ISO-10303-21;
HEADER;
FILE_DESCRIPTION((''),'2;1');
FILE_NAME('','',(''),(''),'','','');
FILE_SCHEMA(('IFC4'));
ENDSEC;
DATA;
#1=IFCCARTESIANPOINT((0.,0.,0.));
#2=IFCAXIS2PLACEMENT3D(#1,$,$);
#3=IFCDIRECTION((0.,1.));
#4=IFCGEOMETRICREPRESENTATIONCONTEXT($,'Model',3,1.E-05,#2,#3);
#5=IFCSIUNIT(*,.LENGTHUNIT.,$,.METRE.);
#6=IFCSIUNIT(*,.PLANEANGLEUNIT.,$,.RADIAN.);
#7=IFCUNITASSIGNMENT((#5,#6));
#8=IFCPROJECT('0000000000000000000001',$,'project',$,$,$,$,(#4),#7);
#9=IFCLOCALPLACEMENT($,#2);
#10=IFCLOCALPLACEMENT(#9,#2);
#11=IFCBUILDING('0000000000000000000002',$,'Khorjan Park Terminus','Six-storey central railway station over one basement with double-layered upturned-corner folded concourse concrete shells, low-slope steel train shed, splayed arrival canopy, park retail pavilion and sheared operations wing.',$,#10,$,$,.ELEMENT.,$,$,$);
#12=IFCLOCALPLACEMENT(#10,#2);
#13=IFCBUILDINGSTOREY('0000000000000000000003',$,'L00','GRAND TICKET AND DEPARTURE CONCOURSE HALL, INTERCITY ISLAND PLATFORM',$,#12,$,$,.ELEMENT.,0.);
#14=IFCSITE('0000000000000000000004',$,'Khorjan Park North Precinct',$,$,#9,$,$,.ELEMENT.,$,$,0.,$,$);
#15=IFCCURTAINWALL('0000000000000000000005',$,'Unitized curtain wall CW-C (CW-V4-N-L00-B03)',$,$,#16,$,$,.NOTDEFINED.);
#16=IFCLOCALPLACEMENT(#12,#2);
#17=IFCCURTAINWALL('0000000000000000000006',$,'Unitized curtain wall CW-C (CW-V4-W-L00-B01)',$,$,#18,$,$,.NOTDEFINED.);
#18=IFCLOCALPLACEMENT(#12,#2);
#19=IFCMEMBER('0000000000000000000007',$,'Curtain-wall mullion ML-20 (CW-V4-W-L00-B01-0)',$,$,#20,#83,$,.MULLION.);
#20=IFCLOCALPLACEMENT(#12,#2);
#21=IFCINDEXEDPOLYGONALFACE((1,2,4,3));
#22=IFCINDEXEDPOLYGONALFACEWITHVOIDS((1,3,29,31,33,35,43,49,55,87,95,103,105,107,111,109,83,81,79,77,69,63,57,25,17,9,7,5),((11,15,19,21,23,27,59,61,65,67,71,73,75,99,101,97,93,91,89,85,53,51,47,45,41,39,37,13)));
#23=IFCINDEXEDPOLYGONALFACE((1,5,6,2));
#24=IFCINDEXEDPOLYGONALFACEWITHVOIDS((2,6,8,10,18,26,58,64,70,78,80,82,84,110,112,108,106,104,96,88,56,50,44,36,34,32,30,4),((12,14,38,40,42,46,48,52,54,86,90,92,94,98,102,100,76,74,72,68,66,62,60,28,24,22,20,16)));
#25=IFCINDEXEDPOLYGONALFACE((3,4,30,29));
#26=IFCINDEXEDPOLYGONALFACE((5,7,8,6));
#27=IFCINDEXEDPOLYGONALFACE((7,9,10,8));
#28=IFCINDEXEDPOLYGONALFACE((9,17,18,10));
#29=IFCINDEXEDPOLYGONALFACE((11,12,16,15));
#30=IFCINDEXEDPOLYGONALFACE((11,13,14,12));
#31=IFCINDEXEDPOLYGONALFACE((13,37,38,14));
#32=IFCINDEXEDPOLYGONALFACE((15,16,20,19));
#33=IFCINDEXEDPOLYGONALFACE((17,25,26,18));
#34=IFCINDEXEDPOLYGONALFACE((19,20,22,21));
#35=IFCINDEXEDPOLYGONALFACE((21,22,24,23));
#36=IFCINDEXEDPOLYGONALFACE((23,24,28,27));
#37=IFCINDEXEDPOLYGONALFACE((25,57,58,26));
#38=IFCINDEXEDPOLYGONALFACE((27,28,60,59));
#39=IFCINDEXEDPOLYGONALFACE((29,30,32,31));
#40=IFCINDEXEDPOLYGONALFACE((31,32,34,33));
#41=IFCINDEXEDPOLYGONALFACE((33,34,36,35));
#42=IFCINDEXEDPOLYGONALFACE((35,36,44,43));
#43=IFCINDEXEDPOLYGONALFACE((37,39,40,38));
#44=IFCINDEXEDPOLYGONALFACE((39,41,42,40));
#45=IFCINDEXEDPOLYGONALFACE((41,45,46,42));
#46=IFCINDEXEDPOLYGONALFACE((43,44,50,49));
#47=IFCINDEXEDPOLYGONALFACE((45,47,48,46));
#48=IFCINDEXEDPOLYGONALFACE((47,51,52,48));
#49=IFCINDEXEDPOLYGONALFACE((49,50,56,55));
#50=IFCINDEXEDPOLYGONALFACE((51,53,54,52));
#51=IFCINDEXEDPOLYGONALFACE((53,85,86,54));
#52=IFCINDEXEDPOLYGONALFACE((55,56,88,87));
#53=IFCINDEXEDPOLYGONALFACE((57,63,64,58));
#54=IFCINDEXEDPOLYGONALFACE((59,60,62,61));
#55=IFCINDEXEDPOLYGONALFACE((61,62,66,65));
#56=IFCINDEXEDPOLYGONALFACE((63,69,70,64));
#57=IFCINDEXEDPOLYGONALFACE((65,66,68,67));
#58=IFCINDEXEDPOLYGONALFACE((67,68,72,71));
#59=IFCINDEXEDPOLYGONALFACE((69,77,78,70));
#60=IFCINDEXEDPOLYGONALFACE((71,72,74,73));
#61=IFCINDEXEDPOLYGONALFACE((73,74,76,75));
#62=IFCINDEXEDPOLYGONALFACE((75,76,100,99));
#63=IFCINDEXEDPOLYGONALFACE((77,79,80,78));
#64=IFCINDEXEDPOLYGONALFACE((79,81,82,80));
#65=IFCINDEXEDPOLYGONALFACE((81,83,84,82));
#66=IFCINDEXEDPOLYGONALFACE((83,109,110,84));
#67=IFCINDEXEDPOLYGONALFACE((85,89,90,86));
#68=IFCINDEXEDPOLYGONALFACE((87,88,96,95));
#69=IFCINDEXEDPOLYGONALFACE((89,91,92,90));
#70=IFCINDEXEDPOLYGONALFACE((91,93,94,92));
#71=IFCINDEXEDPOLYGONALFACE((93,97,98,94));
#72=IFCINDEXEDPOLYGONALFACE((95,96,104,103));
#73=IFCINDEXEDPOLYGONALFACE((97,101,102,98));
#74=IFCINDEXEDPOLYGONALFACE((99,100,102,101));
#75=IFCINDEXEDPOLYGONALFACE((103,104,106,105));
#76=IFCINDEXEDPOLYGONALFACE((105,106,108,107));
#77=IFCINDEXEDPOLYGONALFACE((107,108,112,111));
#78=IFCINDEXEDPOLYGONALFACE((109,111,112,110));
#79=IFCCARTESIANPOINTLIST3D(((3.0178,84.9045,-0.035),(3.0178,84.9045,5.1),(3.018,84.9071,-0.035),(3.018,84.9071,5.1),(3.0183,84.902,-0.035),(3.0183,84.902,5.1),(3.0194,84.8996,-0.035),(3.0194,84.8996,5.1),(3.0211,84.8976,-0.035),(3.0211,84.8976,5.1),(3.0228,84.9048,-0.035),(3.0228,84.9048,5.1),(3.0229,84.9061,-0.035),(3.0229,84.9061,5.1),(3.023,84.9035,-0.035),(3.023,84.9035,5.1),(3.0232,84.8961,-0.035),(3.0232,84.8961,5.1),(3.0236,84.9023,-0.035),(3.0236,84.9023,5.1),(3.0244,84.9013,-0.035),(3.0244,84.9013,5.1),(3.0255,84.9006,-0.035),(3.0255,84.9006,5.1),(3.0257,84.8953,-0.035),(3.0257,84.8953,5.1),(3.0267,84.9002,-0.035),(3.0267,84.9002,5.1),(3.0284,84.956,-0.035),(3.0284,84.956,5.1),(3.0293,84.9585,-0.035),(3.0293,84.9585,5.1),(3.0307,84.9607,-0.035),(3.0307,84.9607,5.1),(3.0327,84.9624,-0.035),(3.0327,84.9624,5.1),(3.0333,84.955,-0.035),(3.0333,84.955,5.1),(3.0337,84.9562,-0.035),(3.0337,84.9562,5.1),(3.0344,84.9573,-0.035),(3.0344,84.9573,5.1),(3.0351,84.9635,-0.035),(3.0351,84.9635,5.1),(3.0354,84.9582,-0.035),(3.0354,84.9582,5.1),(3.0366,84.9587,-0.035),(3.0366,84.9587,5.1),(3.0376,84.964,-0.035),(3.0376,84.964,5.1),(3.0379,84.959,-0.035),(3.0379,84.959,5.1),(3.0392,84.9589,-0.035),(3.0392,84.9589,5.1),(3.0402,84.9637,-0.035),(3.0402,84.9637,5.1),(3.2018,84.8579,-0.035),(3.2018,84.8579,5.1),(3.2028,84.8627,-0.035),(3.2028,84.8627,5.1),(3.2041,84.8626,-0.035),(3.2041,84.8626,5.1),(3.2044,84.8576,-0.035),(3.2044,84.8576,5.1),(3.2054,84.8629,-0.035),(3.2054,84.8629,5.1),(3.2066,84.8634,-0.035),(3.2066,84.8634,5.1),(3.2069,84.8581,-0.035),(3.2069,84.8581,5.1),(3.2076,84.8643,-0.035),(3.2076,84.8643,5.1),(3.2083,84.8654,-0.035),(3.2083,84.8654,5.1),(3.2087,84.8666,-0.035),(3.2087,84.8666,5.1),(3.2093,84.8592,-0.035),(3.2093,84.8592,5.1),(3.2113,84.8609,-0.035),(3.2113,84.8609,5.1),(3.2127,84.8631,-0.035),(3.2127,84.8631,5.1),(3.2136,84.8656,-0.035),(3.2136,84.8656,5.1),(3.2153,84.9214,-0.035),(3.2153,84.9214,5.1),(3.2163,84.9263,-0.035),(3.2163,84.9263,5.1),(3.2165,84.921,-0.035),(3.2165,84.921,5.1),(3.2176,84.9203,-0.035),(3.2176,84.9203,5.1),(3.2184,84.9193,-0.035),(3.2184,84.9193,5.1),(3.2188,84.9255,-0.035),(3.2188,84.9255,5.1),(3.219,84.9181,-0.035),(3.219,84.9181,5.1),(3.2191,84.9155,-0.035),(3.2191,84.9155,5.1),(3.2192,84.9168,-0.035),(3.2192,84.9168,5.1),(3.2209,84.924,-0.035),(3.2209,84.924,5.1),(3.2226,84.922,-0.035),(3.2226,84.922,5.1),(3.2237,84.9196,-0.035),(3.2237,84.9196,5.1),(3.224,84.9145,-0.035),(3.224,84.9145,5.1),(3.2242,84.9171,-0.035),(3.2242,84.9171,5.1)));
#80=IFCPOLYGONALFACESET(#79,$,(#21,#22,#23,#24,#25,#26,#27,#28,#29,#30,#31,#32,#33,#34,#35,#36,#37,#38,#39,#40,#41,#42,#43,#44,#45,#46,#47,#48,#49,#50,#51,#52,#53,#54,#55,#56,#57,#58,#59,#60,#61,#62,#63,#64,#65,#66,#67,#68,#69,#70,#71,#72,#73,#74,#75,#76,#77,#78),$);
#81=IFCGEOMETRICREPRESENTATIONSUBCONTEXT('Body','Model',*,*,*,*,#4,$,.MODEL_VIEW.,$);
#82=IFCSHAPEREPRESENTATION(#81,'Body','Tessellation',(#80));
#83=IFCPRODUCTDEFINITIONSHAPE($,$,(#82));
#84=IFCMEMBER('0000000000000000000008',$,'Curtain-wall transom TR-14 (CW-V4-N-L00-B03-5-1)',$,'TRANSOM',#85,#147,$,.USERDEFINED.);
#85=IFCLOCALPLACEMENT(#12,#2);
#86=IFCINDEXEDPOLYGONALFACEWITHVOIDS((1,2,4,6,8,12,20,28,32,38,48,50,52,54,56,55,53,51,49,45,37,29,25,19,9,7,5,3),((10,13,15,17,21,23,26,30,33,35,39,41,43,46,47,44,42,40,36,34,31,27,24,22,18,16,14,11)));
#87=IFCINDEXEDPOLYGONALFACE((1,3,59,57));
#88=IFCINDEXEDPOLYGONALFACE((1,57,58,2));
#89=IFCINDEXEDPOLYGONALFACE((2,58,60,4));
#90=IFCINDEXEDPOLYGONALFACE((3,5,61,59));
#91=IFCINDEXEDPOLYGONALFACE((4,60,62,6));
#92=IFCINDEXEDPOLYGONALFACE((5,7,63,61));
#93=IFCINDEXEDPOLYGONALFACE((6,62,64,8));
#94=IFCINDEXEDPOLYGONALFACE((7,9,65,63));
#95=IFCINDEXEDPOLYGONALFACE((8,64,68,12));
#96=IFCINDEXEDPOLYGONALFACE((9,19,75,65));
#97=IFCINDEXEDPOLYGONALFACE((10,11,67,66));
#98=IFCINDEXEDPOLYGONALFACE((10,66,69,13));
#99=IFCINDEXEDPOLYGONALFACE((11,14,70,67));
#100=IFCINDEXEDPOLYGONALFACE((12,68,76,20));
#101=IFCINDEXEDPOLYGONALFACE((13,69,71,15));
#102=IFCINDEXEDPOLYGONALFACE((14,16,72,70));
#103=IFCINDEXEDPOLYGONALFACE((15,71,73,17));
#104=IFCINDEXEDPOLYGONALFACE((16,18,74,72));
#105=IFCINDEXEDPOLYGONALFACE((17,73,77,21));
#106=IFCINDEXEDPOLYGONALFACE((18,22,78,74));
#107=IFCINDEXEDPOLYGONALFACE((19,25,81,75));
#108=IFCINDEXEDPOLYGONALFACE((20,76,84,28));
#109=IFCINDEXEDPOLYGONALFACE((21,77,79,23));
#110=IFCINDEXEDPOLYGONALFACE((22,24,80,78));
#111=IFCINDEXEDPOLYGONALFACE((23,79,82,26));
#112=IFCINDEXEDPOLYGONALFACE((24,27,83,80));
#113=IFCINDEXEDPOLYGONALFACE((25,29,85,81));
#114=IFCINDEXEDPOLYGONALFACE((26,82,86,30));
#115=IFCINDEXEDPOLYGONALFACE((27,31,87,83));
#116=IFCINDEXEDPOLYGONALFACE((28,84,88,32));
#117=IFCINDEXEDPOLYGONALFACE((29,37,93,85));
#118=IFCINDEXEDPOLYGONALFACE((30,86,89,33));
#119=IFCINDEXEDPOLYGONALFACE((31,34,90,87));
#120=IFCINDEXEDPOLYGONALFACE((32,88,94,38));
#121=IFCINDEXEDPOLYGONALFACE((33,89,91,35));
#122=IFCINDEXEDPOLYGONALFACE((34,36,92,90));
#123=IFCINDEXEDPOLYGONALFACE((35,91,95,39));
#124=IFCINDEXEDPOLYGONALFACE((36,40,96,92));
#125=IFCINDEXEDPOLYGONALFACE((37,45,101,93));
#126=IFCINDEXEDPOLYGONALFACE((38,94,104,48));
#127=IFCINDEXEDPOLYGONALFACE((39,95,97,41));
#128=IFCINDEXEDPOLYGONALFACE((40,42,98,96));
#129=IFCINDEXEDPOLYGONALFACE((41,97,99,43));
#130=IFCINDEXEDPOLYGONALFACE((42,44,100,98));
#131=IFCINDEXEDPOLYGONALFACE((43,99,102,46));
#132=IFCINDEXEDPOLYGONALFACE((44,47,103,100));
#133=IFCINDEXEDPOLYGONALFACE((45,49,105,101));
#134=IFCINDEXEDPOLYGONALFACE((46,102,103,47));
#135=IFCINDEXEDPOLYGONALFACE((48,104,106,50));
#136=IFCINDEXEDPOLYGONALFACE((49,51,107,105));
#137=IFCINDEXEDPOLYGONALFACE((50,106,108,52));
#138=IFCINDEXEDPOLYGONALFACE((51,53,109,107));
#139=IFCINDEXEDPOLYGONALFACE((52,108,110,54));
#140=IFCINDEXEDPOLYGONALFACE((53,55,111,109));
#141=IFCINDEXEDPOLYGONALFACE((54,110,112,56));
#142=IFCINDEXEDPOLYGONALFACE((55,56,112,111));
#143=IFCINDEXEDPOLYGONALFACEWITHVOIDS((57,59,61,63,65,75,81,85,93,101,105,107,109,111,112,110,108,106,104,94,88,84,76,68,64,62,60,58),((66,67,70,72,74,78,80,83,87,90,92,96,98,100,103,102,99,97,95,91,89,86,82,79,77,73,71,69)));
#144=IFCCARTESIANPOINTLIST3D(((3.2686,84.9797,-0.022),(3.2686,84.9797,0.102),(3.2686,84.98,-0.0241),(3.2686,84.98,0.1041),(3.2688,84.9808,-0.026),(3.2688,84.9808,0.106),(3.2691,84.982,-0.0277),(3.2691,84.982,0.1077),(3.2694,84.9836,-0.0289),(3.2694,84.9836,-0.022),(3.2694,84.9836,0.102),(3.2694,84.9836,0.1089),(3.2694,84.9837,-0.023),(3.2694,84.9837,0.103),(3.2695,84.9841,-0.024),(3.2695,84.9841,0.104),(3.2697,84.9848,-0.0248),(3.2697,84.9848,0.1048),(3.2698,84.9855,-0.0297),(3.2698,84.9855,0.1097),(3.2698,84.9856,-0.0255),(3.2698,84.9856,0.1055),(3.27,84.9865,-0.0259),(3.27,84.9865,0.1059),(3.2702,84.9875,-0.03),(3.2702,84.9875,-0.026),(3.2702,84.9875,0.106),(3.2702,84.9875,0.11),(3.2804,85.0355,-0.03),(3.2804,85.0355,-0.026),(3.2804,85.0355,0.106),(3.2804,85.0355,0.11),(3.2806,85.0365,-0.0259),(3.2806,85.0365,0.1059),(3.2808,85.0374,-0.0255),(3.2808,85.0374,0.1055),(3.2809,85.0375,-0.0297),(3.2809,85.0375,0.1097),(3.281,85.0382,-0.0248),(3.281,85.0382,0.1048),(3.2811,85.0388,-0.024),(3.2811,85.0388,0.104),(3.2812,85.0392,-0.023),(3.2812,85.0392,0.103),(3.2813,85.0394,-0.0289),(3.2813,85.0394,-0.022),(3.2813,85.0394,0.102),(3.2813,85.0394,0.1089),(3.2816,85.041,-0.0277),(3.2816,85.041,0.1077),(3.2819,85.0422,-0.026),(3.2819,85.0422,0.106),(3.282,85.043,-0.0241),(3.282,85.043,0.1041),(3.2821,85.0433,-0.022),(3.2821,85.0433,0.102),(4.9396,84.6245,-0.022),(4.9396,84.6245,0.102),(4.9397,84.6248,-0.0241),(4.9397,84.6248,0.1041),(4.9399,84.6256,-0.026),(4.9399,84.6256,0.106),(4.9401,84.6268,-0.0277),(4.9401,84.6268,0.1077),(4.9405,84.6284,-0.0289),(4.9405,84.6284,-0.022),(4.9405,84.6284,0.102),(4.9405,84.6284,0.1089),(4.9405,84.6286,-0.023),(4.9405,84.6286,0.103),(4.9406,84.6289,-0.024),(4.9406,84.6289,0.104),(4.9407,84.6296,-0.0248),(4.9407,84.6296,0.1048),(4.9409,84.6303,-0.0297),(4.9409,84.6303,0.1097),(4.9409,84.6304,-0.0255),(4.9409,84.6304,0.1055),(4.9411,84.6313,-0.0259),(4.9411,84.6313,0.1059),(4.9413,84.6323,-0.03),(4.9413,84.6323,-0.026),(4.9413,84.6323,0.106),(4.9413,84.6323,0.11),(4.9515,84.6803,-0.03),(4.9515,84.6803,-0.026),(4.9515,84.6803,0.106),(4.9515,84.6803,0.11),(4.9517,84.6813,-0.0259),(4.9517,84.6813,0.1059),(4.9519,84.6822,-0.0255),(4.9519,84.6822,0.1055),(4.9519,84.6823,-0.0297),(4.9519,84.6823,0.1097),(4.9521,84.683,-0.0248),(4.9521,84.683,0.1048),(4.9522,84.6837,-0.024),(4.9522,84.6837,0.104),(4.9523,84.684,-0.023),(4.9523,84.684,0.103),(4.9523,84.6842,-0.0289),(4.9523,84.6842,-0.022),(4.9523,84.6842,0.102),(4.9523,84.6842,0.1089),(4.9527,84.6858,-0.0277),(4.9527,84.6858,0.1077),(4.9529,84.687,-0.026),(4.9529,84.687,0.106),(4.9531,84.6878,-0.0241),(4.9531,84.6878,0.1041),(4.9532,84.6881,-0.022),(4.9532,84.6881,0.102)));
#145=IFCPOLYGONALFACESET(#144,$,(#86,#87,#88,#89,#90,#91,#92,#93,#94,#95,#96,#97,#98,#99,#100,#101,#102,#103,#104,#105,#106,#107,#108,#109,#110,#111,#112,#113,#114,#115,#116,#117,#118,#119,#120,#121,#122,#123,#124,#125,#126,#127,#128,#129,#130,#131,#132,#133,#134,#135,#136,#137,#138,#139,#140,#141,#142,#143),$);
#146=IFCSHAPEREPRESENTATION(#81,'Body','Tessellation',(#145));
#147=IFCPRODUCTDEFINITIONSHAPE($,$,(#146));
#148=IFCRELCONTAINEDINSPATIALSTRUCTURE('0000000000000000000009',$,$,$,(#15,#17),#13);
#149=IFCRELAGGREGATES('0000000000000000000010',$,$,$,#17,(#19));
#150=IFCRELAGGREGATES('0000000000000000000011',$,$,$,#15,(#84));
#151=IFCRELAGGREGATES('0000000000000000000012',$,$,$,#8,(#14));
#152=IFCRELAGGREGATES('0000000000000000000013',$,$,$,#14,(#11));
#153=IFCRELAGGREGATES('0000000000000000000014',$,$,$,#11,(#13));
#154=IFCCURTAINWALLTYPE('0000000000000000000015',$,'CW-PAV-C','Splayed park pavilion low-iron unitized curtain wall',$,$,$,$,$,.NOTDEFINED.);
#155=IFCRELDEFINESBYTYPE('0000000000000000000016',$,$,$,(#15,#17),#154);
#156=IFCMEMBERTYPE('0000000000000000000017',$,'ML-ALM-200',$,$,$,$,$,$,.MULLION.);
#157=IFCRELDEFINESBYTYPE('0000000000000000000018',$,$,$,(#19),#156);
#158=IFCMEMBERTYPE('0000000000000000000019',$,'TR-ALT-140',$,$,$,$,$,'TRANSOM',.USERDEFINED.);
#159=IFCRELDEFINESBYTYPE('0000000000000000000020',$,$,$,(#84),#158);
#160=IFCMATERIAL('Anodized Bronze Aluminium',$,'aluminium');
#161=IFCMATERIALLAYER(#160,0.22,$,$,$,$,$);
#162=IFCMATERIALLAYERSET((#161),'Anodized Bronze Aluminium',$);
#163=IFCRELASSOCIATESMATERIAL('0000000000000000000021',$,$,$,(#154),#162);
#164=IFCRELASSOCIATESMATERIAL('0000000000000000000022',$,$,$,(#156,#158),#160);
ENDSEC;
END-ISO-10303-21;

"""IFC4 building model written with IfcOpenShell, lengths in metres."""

from ifc_helpers import new_model, si_unit, direction, frame, origin, origin_2d, place, context, subcontext, project, spatial, hollow_rectangle, extrude, material, layer, layer_set, material_profile, profile_set, type_object, element, aggregate, save


model = new_model("IFC4")

# Units and contexts
model_context = context("Model", 3, precision=1e-05, world=origin(), true_north=direction((0.0, 1.0)))
body_context = subcontext(model_context, "Body", "Model", "MODEL_VIEW")
ifc_project = project(units=[si_unit("LENGTHUNIT", "METRE"), si_unit("PLANEANGLEUNIT", "RADIAN")], contexts=[model_context])

# Site, building, storey
site_placement = place(None, origin())
site = spatial("IfcSite", under=ifc_project, at=site_placement, Name="Khorjan Park North Precinct", CompositionType="ELEMENT", RefElevation=0.0)
building_placement = place(site_placement, origin())
building = spatial("IfcBuilding", under=site, at=building_placement, Name="Khorjan Park Terminus", Description="Six-storey central railway station over one basement with double-layered upturned-corner folded concourse concrete shells, low-slope steel train shed, splayed arrival canopy, park retail pavilion and sheared operations wing.", CompositionType="ELEMENT")
storey_placement = place(building_placement, origin())
storey = spatial("IfcBuildingStorey", under=building, at=storey_placement, Name="L00", Description="GRAND TICKET AND DEPARTURE CONCOURSE HALL, INTERCITY ISLAND PLATFORM", CompositionType="ELEMENT", Elevation=0.0)

# Curtain wall
ifc_material_1 = material(Name="Anodized Bronze Aluminium", Category="aluminium")
ifc_layer_1 = layer(ifc_material_1, 0.22)
ifc_layer_set_1 = layer_set([ifc_layer_1], Name="Anodized Bronze Aluminium")
curtain_wall_type = type_object("IfcCurtainWallType", Name="CW-PAV-C", Description="Splayed park pavilion low-iron unitized curtain wall", PredefinedType="NOTDEFINED", material=ifc_layer_set_1)
curtain_wall_1_placement = place(storey_placement, origin())
curtain_wall_1 = element("IfcCurtainWall", 1, at=curtain_wall_1_placement, inside=storey, type_object=curtain_wall_type, Name="Unitized curtain wall CW-C (CW-V4-N-L00-B03)", PredefinedType="NOTDEFINED")
ifc_material_profile_1 = material_profile(ifc_material_1, hollow_rectangle(XDim=0.07, YDim=0.2, WallThickness=0.005, InnerFilletRadius=0.005, OuterFilletRadius=0.01, at=origin_2d()), Name="ALM 70x200x5")
ifc_profile_set_1 = profile_set([ifc_material_profile_1], Name="Anodized Bronze Aluminium")
member_type_1 = type_object("IfcMemberType", Name="ML-ALM-200", PredefinedType="MULLION", material=ifc_profile_set_1)

# Curtain wall, member
curtain_wall_2_placement = place(storey_placement, origin())
curtain_wall_2 = element("IfcCurtainWall", 2, at=curtain_wall_2_placement, inside=storey, type_object=curtain_wall_type, Name="Unitized curtain wall CW-C (CW-V4-W-L00-B01)", PredefinedType="NOTDEFINED")
member_1_placement = place(storey_placement, frame((3.121, 84.9108, -0.035), z_axis=(0.0, 0.0, 1.0), x_axis=(-0.207917, -0.978147, 0.0)))
member_1 = element("IfcMember", 3, at=member_1_placement, type_object=member_type_1, Name="Curtain-wall mullion ML-20 (CW-V4-W-L00-B01-0)", PredefinedType="MULLION", context=body_context, shape_type="SweptSolid", body=[
    extrude(hollow_rectangle(XDim=0.07, YDim=0.2, WallThickness=0.005, InnerFilletRadius=0.005, OuterFilletRadius=0.01, at=origin_2d()), origin(), (0.0, 0.0, 1.0), 5.135),
])

# Member
ifc_material_profile_2 = material_profile(ifc_material_1, hollow_rectangle(XDim=0.065, YDim=0.14, WallThickness=0.004, InnerFilletRadius=0.004, OuterFilletRadius=0.008, at=origin_2d()), Name="ALT 65x140x4")
ifc_profile_set_2 = profile_set([ifc_material_profile_2], Name="Anodized Bronze Aluminium")
member_type_2 = type_object("IfcMemberType", Name="TR-ALT-140", ElementType="TRANSOM", PredefinedType="USERDEFINED", material=ifc_profile_set_2)
member_2_placement = place(storey_placement, frame((4.9464, 84.6563, 0.04), z_axis=(-0.978148, 0.20791, 0.0), x_axis=(-0.20791, -0.978148, 0.0)))
member_2 = element("IfcMember", 4, at=member_2_placement, type_object=member_type_2, Name="Curtain-wall transom TR-14 (CW-V4-N-L00-B03-5-1)", ObjectType="TRANSOM", PredefinedType="USERDEFINED", context=body_context, shape_type="SweptSolid", body=[
    extrude(hollow_rectangle(XDim=0.065, YDim=0.14, WallThickness=0.004, InnerFilletRadius=0.004, OuterFilletRadius=0.008, at=origin_2d()), origin(), (0.0, 0.0, 1.0), 1.7084),
])
aggregate(curtain_wall_2, [member_1])

aggregate(curtain_wall_1, [member_2])

save(model, "model.ifc")
